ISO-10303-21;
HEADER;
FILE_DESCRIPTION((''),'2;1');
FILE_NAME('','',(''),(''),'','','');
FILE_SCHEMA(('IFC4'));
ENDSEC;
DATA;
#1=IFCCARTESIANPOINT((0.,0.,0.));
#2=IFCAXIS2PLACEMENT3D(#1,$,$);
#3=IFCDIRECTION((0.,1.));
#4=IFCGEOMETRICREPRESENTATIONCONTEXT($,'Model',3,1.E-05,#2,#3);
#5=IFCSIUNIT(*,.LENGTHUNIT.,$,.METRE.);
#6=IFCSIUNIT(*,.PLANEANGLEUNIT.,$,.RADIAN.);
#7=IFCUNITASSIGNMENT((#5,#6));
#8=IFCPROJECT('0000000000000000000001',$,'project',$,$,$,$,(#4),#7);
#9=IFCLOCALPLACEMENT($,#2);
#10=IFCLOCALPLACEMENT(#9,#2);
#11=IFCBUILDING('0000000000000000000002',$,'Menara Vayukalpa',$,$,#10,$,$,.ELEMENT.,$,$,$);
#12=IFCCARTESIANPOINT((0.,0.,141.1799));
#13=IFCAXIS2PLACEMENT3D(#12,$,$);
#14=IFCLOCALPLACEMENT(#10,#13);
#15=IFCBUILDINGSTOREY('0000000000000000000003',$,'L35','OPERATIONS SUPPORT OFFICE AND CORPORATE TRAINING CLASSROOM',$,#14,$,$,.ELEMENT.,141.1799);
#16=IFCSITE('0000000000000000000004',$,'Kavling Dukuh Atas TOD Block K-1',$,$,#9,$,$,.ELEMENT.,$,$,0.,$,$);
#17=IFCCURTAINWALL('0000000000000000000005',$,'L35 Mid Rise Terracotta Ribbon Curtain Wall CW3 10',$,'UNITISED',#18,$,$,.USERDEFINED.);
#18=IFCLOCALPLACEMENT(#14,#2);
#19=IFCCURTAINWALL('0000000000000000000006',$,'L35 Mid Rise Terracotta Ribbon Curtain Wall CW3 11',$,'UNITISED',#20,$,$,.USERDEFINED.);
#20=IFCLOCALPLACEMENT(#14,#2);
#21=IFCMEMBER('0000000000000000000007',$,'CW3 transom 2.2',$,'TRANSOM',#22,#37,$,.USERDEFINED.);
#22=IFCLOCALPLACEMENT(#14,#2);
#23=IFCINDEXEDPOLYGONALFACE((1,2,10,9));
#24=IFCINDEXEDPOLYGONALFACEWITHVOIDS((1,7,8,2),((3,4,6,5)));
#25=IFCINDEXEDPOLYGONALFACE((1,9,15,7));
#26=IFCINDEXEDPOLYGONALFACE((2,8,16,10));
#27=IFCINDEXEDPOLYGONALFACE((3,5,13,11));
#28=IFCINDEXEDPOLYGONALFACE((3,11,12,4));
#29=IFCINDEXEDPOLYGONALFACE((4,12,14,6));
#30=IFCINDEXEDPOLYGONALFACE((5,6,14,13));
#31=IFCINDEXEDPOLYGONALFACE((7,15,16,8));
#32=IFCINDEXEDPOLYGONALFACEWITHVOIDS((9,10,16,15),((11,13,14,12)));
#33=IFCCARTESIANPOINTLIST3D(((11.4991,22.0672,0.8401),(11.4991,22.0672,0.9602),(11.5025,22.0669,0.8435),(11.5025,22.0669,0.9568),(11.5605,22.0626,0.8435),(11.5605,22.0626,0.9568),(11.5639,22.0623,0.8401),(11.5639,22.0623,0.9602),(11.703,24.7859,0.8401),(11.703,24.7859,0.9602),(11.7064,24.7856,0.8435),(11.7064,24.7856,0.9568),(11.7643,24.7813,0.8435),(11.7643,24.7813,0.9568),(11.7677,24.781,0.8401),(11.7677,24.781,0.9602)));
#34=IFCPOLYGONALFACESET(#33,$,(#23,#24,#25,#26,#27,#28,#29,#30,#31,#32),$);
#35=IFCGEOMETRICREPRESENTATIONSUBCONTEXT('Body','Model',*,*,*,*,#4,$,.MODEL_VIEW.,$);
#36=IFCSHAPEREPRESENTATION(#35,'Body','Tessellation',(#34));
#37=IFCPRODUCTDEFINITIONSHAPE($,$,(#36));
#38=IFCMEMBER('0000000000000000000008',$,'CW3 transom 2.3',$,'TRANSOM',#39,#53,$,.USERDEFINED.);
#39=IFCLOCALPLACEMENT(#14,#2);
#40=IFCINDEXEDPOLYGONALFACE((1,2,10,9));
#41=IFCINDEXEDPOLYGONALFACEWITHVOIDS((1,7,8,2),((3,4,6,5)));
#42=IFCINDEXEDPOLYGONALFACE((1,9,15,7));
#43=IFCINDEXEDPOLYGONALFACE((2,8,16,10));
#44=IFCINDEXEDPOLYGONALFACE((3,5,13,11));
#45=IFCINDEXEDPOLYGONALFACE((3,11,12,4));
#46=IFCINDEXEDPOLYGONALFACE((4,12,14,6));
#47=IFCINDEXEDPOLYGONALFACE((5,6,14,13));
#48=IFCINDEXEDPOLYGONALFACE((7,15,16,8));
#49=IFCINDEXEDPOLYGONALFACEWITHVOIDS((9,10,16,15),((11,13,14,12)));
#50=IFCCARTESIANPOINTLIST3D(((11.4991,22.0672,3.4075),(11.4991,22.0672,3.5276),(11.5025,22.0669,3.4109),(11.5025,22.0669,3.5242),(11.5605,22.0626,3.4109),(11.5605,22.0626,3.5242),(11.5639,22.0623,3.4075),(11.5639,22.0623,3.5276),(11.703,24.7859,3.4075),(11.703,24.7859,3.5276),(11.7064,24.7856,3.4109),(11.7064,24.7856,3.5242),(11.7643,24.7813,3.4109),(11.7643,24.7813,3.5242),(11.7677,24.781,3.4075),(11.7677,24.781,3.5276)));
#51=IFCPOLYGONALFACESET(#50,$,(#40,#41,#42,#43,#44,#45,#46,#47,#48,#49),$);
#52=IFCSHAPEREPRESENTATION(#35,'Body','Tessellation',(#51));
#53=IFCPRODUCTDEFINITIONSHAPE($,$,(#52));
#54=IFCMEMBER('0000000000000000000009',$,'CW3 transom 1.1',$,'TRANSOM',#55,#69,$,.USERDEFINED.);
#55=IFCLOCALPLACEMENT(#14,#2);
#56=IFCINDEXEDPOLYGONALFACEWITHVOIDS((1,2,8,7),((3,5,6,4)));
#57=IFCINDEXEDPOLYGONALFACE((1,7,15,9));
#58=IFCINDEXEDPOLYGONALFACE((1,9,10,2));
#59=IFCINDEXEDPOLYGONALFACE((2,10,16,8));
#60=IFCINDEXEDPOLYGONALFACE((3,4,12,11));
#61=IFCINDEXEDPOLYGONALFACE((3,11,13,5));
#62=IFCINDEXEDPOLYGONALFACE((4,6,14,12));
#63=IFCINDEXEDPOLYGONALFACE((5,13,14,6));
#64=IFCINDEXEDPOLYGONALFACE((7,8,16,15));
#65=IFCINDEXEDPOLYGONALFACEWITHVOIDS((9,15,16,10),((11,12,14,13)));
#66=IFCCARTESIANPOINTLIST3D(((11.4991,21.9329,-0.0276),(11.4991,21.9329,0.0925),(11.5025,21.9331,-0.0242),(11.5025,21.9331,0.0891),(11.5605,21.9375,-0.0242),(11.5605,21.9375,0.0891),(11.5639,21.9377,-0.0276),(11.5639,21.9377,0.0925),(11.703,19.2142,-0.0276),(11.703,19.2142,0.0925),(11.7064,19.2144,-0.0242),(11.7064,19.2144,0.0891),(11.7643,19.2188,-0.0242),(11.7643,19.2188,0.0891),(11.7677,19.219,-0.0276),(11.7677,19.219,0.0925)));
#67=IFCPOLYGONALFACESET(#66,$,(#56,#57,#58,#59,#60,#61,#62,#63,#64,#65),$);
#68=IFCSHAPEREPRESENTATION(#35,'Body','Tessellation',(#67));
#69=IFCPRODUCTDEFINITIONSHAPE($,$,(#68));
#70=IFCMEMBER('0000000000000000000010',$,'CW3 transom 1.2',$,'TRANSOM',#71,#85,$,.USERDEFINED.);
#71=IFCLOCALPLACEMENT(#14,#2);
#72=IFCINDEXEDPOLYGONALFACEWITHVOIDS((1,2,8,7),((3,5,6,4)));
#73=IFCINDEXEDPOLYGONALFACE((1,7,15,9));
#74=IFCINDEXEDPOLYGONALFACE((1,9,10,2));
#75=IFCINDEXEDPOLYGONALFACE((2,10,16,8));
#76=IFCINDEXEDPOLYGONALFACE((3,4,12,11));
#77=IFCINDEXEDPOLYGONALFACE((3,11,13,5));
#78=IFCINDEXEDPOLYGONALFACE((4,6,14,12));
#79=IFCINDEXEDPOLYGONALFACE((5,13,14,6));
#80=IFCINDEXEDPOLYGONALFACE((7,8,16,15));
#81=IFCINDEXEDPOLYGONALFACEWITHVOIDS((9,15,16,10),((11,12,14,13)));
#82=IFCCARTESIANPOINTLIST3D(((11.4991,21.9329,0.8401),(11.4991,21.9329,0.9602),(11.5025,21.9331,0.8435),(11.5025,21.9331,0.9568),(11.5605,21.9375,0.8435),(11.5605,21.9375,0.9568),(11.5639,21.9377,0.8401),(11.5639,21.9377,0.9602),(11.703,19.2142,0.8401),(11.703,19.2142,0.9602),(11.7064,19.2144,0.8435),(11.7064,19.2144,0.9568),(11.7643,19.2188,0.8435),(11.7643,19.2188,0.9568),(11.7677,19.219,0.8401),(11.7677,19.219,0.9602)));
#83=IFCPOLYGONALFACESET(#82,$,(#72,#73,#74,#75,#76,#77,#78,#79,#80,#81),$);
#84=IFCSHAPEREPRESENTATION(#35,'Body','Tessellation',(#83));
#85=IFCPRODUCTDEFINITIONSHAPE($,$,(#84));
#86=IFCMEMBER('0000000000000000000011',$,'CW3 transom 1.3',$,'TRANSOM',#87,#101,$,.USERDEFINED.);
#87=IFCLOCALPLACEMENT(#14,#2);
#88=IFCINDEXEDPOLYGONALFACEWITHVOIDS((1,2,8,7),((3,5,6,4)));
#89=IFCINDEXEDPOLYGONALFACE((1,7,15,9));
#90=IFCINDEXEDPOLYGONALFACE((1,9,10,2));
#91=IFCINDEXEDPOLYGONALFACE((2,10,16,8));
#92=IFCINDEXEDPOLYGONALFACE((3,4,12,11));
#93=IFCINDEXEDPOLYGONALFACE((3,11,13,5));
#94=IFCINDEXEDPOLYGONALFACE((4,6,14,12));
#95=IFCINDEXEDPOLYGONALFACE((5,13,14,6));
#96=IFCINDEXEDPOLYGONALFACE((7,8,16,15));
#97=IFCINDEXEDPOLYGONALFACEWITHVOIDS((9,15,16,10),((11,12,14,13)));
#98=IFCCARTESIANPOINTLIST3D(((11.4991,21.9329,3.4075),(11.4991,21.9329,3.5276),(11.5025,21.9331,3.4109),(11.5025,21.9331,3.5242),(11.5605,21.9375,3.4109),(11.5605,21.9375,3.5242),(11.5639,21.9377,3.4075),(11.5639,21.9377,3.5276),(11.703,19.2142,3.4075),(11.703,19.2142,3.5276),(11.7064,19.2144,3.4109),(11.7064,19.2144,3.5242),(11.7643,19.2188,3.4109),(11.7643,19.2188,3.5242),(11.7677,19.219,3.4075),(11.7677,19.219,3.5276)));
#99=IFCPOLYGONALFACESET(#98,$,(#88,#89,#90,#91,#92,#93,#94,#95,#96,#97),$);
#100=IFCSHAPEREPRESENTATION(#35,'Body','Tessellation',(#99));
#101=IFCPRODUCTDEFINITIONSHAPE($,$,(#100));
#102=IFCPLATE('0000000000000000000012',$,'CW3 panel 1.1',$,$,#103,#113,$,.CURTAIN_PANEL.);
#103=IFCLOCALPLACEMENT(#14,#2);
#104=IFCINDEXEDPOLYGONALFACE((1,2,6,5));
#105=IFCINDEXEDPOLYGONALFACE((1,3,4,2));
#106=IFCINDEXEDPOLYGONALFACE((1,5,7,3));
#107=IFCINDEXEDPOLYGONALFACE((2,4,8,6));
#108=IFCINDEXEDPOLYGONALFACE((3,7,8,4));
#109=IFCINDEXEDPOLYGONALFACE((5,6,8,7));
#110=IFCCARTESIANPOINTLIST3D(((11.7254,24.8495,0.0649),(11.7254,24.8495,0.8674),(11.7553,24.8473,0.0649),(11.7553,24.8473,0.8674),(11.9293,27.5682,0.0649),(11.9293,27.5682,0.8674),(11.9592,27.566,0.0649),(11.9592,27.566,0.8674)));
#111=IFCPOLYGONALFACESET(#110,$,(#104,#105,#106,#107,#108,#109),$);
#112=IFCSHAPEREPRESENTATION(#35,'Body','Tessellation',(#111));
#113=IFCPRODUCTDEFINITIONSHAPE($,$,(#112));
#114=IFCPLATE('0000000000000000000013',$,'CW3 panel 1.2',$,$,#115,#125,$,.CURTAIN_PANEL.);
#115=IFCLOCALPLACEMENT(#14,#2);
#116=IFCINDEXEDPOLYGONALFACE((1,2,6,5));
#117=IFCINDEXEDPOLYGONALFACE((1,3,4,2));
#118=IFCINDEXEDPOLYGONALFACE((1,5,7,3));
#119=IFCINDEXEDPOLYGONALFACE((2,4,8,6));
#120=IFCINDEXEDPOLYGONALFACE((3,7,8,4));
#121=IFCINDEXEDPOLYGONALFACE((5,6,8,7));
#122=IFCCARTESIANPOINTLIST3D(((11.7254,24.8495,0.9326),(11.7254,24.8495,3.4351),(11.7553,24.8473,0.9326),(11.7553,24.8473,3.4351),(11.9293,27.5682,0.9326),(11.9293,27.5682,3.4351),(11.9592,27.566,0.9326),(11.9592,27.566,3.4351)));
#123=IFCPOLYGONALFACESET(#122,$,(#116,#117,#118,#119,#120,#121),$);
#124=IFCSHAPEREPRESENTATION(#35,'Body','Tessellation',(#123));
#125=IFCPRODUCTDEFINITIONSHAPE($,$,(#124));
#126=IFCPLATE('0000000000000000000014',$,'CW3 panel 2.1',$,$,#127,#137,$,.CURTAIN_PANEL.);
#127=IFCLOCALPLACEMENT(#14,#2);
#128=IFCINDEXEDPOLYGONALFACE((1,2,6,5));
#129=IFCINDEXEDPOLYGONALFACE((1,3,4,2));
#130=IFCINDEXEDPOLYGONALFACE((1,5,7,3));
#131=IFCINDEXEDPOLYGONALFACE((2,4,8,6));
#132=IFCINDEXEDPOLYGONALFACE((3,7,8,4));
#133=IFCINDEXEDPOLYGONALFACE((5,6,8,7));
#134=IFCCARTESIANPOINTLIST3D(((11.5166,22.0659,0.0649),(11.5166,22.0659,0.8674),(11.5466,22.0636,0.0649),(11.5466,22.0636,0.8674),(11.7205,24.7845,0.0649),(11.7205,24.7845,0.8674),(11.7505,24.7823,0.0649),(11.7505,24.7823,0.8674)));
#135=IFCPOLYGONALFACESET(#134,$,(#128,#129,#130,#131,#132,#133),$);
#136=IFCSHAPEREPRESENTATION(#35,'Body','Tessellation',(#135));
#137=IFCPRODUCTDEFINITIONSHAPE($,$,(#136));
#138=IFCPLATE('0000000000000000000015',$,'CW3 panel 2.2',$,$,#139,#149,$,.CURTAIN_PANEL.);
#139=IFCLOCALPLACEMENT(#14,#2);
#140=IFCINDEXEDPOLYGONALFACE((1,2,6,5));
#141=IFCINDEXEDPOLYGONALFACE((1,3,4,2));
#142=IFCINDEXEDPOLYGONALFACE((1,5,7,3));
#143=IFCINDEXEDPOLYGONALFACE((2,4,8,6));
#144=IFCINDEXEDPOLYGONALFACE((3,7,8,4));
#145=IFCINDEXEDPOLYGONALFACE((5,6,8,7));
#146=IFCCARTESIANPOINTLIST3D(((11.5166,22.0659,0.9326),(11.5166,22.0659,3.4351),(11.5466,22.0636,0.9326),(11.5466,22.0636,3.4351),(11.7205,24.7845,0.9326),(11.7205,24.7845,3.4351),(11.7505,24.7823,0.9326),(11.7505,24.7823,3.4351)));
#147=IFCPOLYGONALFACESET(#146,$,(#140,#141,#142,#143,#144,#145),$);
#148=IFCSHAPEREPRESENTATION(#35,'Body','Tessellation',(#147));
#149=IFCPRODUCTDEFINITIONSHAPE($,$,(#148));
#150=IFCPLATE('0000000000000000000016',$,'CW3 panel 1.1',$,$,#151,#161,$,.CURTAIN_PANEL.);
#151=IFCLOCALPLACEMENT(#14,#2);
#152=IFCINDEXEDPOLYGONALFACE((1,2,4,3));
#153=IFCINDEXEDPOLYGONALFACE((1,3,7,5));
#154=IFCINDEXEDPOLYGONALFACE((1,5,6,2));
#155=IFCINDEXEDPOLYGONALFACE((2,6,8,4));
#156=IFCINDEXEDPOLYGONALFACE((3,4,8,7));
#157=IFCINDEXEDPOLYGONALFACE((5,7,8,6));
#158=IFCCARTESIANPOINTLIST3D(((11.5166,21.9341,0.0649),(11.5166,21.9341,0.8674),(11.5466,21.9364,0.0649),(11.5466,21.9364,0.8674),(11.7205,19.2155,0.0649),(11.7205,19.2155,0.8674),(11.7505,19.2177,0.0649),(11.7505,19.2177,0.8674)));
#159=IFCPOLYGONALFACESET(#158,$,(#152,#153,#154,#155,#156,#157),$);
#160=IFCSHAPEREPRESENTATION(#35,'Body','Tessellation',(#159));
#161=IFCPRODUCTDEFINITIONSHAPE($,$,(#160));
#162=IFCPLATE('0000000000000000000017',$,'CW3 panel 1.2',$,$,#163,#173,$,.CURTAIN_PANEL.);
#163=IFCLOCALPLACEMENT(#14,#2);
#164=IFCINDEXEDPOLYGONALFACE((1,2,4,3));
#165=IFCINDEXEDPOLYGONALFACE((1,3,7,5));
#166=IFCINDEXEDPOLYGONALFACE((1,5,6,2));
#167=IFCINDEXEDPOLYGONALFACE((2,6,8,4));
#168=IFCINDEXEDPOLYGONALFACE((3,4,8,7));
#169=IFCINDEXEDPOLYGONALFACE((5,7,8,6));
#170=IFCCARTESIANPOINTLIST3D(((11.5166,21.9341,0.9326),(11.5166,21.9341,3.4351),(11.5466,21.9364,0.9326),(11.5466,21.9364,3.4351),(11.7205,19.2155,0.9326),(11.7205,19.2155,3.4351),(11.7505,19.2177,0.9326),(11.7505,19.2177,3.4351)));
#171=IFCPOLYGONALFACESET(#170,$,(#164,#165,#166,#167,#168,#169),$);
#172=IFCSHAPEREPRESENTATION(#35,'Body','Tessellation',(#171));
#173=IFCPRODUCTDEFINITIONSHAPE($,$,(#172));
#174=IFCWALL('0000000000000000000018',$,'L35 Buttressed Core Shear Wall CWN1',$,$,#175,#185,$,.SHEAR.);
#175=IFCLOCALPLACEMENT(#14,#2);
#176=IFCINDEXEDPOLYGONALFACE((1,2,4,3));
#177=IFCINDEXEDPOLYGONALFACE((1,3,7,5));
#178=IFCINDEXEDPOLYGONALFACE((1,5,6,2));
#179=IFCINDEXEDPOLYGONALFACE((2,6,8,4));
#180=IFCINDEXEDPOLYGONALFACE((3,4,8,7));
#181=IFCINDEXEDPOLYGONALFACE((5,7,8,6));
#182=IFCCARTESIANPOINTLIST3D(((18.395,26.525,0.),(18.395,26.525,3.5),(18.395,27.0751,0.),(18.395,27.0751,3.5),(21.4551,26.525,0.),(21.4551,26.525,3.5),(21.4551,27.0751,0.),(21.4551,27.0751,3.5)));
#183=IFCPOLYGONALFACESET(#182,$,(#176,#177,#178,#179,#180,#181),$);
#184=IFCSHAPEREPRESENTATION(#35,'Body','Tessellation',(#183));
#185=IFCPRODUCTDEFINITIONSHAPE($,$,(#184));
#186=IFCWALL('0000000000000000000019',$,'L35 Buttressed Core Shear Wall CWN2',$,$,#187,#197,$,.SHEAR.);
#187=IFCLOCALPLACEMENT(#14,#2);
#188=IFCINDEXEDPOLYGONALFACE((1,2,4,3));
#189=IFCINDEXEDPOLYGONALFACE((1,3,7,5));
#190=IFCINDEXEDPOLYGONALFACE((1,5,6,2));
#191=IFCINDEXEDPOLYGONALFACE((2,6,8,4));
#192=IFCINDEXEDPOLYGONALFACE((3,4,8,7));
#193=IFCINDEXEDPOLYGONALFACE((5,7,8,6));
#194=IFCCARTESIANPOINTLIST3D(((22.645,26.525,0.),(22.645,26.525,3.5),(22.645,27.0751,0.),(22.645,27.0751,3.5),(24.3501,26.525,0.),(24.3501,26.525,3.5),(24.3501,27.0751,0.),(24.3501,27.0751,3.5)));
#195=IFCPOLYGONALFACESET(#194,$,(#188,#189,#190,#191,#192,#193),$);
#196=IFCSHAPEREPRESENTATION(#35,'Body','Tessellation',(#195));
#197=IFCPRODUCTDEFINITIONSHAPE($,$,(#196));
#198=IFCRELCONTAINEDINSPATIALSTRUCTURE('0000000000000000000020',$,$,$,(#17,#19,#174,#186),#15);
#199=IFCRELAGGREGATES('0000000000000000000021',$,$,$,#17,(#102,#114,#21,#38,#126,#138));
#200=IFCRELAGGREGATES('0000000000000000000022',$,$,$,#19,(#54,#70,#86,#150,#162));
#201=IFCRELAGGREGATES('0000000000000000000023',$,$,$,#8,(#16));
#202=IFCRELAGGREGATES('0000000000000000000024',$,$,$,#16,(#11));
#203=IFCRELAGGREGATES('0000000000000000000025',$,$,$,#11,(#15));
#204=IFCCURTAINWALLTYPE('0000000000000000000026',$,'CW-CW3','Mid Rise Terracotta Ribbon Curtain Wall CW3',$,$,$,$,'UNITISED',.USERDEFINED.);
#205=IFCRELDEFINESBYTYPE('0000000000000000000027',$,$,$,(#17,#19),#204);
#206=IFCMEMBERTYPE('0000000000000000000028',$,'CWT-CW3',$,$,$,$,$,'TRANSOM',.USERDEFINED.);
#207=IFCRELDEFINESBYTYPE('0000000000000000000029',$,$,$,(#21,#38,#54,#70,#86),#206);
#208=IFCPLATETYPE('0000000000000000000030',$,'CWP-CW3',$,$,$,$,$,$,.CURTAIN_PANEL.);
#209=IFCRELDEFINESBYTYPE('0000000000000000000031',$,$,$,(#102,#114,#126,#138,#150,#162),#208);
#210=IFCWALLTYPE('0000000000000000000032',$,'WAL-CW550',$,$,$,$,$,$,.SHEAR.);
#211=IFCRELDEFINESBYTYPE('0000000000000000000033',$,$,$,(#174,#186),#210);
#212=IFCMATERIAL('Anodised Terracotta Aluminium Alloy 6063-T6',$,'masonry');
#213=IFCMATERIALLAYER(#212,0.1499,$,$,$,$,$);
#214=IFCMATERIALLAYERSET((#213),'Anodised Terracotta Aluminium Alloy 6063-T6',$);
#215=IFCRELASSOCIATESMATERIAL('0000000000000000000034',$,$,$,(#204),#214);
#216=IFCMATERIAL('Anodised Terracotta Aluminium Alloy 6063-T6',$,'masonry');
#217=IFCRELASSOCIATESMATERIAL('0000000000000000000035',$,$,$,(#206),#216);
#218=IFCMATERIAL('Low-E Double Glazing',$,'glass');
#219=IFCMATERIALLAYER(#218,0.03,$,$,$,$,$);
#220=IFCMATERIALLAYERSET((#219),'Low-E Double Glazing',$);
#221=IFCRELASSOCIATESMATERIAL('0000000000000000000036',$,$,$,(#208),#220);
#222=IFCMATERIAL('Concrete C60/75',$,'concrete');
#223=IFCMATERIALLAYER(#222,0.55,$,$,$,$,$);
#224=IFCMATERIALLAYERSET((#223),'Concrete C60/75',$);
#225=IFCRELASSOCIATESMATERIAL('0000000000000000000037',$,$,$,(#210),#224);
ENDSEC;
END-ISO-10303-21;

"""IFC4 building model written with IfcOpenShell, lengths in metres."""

from ifc_helpers import new_model, si_unit, direction, frame, frame_2d, origin, origin_2d, place, context, subcontext, project, spatial, rectangle, hollow_rectangle, extrude, material, layer, layer_set, material_profile, profile_set, type_object, element, aggregate, save


model = new_model("IFC4")

# Units and contexts
model_context = context("Model", 3, precision=1e-05, world=origin(), true_north=direction((0.0, 1.0)))
body_context = subcontext(model_context, "Body", "Model", "MODEL_VIEW")
ifc_project = project(units=[si_unit("LENGTHUNIT", "METRE"), si_unit("PLANEANGLEUNIT", "RADIAN")], contexts=[model_context])

# Site, building, storey
site_placement = place(None, origin())
site = spatial("IfcSite", under=ifc_project, at=site_placement, Name="Kavling Dukuh Atas TOD Block K-1", CompositionType="ELEMENT", RefElevation=0.0)
building_placement = place(site_placement, origin())
building = spatial("IfcBuilding", under=site, at=building_placement, Name="Menara Vayukalpa", CompositionType="ELEMENT")
storey_placement = place(building_placement, frame((0.0, 0.0, 141.1799)))
storey = spatial("IfcBuildingStorey", under=building, at=storey_placement, Name="L35", Description="OPERATIONS SUPPORT OFFICE AND CORPORATE TRAINING CLASSROOM", CompositionType="ELEMENT", Elevation=141.1799)

# Curtain wall
ifc_material_1 = material(Name="Anodised Terracotta Aluminium Alloy 6063-T6", Category="masonry")
ifc_layer_1 = layer(ifc_material_1, 0.1499)
ifc_layer_set_1 = layer_set([ifc_layer_1], Name="Anodised Terracotta Aluminium Alloy 6063-T6")
curtain_wall_type = type_object("IfcCurtainWallType", Name="CW-CW3", Description="Mid Rise Terracotta Ribbon Curtain Wall CW3", ElementType="UNITISED", PredefinedType="USERDEFINED", material=ifc_layer_set_1)
curtain_wall_1_placement = place(storey_placement, origin())
curtain_wall_1 = element("IfcCurtainWall", 1, at=curtain_wall_1_placement, inside=storey, type_object=curtain_wall_type, Name="L35 Mid Rise Terracotta Ribbon Curtain Wall CW3 10", ObjectType="UNITISED", PredefinedType="USERDEFINED")

# Curtain wall
curtain_wall_2_placement = place(storey_placement, origin())
curtain_wall_2 = element("IfcCurtainWall", 2, at=curtain_wall_2_placement, inside=storey, type_object=curtain_wall_type, Name="L35 Mid Rise Terracotta Ribbon Curtain Wall CW3 11", ObjectType="UNITISED", PredefinedType="USERDEFINED")

# Members
ifc_material_2 = material(Name="Anodised Terracotta Aluminium Alloy 6063-T6", Category="masonry")
ifc_material_profile_1 = material_profile(ifc_material_2, hollow_rectangle(XDim=0.0649, YDim=0.1201, WallThickness=0.0034, at=origin_2d()), Name="ALU 65x120x3.5")
ifc_profile_set_1 = profile_set([ifc_material_profile_1], Name="Anodised Terracotta Aluminium Alloy 6063-T6")
member_type_1 = type_object("IfcMemberType", Name="CWT-CW3", ElementType="TRANSOM", PredefinedType="USERDEFINED", material=ifc_profile_set_1)
member_1_placement = place(storey_placement, frame((11.7354, 24.7834, 0.9001), z_axis=(-0.074772, -0.997201, 0.0), x_axis=(0.997201, -0.074772, 0.0)))
member_1 = element("IfcMember", 3, at=member_1_placement, type_object=member_type_1, Name="CW3 transom 2.2", ObjectType="TRANSOM", PredefinedType="USERDEFINED", context=body_context, shape_type="SweptSolid", body=[
    extrude(hollow_rectangle(XDim=0.0649, YDim=0.1201, WallThickness=0.0034, at=origin_2d()), origin(), (0.0, 0.0, 1.0), 2.7263),
])
member_2_placement = place(storey_placement, frame((11.7354, 24.7834, 3.4675), z_axis=(-0.074772, -0.997201, 0.0), x_axis=(0.997201, -0.074772, 0.0)))
member_2 = element("IfcMember", 4, at=member_2_placement, type_object=member_type_1, Name="CW3 transom 2.3", ObjectType="TRANSOM", PredefinedType="USERDEFINED", context=body_context, shape_type="SweptSolid", body=[
    extrude(hollow_rectangle(XDim=0.0649, YDim=0.1201, WallThickness=0.0034, at=origin_2d()), origin(), (0.0, 0.0, 1.0), 2.7263),
])
member_3_placement = place(storey_placement, frame((11.5315, 21.9353, 0.0325), z_axis=(0.074772, -0.997201, 0.0), x_axis=(0.997201, 0.074772, 0.0)))
member_3 = element("IfcMember", 5, at=member_3_placement, type_object=member_type_1, Name="CW3 transom 1.1", ObjectType="TRANSOM", PredefinedType="USERDEFINED", context=body_context, shape_type="SweptSolid", body=[
    extrude(hollow_rectangle(XDim=0.0649, YDim=0.1201, WallThickness=0.0034, at=origin_2d()), origin(), (0.0, 0.0, 1.0), 2.7263),
])
member_4_placement = place(storey_placement, frame((11.5315, 21.9353, 0.9001), z_axis=(0.074772, -0.997201, 0.0), x_axis=(0.997201, 0.074772, 0.0)))
member_4 = element("IfcMember", 6, at=member_4_placement, type_object=member_type_1, Name="CW3 transom 1.2", ObjectType="TRANSOM", PredefinedType="USERDEFINED", context=body_context, shape_type="SweptSolid", body=[
    extrude(hollow_rectangle(XDim=0.0649, YDim=0.1201, WallThickness=0.0034, at=origin_2d()), origin(), (0.0, 0.0, 1.0), 2.7263),
])
member_5_placement = place(storey_placement, frame((11.5315, 21.9353, 3.4675), z_axis=(0.074772, -0.997201, 0.0), x_axis=(0.997201, 0.074772, 0.0)))
member_5 = element("IfcMember", 7, at=member_5_placement, type_object=member_type_1, Name="CW3 transom 1.3", ObjectType="TRANSOM", PredefinedType="USERDEFINED", context=body_context, shape_type="SweptSolid", body=[
    extrude(hollow_rectangle(XDim=0.0649, YDim=0.1201, WallThickness=0.0034, at=origin_2d()), origin(), (0.0, 0.0, 1.0), 2.7263),
])

# Plates
ifc_material_3 = material(Name="Low-E Double Glazing", Category="glass")
ifc_layer_2 = layer(ifc_material_3, 0.03)
ifc_layer_set_2 = layer_set([ifc_layer_2], Name="Low-E Double Glazing")
plate_type = type_object("IfcPlateType", Name="CWP-CW3", PredefinedType="CURTAIN_PANEL", material=ifc_layer_set_2)
plate_1_placement = place(storey_placement, frame((11.8423, 26.2078, 0.0649), z_axis=(0.0, 0.0, 1.0), x_axis=(-0.074793, -0.997199, 0.0)))
plate_1 = element("IfcPlate", 8, at=plate_1_placement, type_object=plate_type, Name="CW3 panel 1.1", PredefinedType="CURTAIN_PANEL", context=body_context, shape_type="SweptSolid", body=[
    extrude(rectangle(XDim=2.7263, YDim=0.03, at=origin_2d()), origin(), (0.0, 0.0, 1.0), 0.8025),
])
plate_2_placement = place(storey_placement, frame((11.8423, 26.2078, 0.9326), z_axis=(0.0, 0.0, 1.0), x_axis=(-0.074793, -0.997199, 0.0)))
plate_2 = element("IfcPlate", 9, at=plate_2_placement, type_object=plate_type, Name="CW3 panel 1.2", PredefinedType="CURTAIN_PANEL", context=body_context, shape_type="SweptSolid", body=[
    extrude(rectangle(XDim=2.7263, YDim=0.03, at=origin_2d()), origin(), (0.0, 0.0, 1.0), 2.5024),
])
plate_3_placement = place(storey_placement, frame((11.6335, 23.4241, 0.0649), z_axis=(0.0, 0.0, 1.0), x_axis=(-0.074793, -0.997199, 0.0)))
plate_3 = element("IfcPlate", 10, at=plate_3_placement, type_object=plate_type, Name="CW3 panel 2.1", PredefinedType="CURTAIN_PANEL", context=body_context, shape_type="SweptSolid", body=[
    extrude(rectangle(XDim=2.7263, YDim=0.03, at=origin_2d()), origin(), (0.0, 0.0, 1.0), 0.8025),
])
plate_4_placement = place(storey_placement, frame((11.6335, 23.4241, 0.9326), z_axis=(0.0, 0.0, 1.0), x_axis=(-0.074793, -0.997199, 0.0)))
plate_4 = element("IfcPlate", 11, at=plate_4_placement, type_object=plate_type, Name="CW3 panel 2.2", PredefinedType="CURTAIN_PANEL", context=body_context, shape_type="SweptSolid", body=[
    extrude(rectangle(XDim=2.7263, YDim=0.03, at=origin_2d()), origin(), (0.0, 0.0, 1.0), 2.5024),
])
aggregate(curtain_wall_1, [plate_1, plate_2, member_1, member_2, plate_3, plate_4])
plate_5_placement = place(storey_placement, frame((11.6335, 20.5759, 0.0649), z_axis=(0.0, 0.0, 1.0), x_axis=(0.074793, -0.997199, 0.0)))
plate_5 = element("IfcPlate", 12, at=plate_5_placement, type_object=plate_type, Name="CW3 panel 1.1", PredefinedType="CURTAIN_PANEL", context=body_context, shape_type="SweptSolid", body=[
    extrude(rectangle(XDim=2.7263, YDim=0.03, at=origin_2d()), origin(), (0.0, 0.0, 1.0), 0.8025),
])
plate_6_placement = place(storey_placement, frame((11.6335, 20.5759, 0.9326), z_axis=(0.0, 0.0, 1.0), x_axis=(0.074793, -0.997199, 0.0)))
plate_6 = element("IfcPlate", 13, at=plate_6_placement, type_object=plate_type, Name="CW3 panel 1.2", PredefinedType="CURTAIN_PANEL", context=body_context, shape_type="SweptSolid", body=[
    extrude(rectangle(XDim=2.7263, YDim=0.03, at=origin_2d()), origin(), (0.0, 0.0, 1.0), 2.5024),
])
aggregate(curtain_wall_2, [member_3, member_4, member_5, plate_5, plate_6])

# Walls
ifc_material_4 = material(Name="Concrete C60/75", Category="concrete")
ifc_layer_3 = layer(ifc_material_4, 0.55)
ifc_layer_set_3 = layer_set([ifc_layer_3], Name="Concrete C60/75")
wall_type_1 = type_object("IfcWallType", Name="WAL-CW550", PredefinedType="SHEAR", material=ifc_layer_set_3)
wall_1_placement = place(storey_placement, frame((18.395, 26.8, 0.0), z_axis=(0.0, 0.0, 1.0), x_axis=(1.0, 0.0, 0.0)))
element("IfcWall", 14, at=wall_1_placement, inside=storey, type_object=wall_type_1, Name="L35 Buttressed Core Shear Wall CWN1", PredefinedType="SHEAR", context=body_context, shape_type="SweptSolid", body=[
    extrude(rectangle(XDim=3.0601, YDim=0.55, at=frame_2d((1.53, 0.0))), origin(), (0.0, 0.0, 1.0), 3.5),
])
wall_2_placement = place(storey_placement, frame((22.645, 26.8, 0.0), z_axis=(0.0, 0.0, 1.0), x_axis=(1.0, 0.0, 0.0)))
element("IfcWall", 15, at=wall_2_placement, inside=storey, type_object=wall_type_1, Name="L35 Buttressed Core Shear Wall CWN2", PredefinedType="SHEAR", context=body_context, shape_type="SweptSolid", body=[
    extrude(rectangle(XDim=1.7051, YDim=0.55, at=frame_2d((0.8525, 0.0))), origin(), (0.0, 0.0, 1.0), 3.5),
])

save(model, "model.ifc")
